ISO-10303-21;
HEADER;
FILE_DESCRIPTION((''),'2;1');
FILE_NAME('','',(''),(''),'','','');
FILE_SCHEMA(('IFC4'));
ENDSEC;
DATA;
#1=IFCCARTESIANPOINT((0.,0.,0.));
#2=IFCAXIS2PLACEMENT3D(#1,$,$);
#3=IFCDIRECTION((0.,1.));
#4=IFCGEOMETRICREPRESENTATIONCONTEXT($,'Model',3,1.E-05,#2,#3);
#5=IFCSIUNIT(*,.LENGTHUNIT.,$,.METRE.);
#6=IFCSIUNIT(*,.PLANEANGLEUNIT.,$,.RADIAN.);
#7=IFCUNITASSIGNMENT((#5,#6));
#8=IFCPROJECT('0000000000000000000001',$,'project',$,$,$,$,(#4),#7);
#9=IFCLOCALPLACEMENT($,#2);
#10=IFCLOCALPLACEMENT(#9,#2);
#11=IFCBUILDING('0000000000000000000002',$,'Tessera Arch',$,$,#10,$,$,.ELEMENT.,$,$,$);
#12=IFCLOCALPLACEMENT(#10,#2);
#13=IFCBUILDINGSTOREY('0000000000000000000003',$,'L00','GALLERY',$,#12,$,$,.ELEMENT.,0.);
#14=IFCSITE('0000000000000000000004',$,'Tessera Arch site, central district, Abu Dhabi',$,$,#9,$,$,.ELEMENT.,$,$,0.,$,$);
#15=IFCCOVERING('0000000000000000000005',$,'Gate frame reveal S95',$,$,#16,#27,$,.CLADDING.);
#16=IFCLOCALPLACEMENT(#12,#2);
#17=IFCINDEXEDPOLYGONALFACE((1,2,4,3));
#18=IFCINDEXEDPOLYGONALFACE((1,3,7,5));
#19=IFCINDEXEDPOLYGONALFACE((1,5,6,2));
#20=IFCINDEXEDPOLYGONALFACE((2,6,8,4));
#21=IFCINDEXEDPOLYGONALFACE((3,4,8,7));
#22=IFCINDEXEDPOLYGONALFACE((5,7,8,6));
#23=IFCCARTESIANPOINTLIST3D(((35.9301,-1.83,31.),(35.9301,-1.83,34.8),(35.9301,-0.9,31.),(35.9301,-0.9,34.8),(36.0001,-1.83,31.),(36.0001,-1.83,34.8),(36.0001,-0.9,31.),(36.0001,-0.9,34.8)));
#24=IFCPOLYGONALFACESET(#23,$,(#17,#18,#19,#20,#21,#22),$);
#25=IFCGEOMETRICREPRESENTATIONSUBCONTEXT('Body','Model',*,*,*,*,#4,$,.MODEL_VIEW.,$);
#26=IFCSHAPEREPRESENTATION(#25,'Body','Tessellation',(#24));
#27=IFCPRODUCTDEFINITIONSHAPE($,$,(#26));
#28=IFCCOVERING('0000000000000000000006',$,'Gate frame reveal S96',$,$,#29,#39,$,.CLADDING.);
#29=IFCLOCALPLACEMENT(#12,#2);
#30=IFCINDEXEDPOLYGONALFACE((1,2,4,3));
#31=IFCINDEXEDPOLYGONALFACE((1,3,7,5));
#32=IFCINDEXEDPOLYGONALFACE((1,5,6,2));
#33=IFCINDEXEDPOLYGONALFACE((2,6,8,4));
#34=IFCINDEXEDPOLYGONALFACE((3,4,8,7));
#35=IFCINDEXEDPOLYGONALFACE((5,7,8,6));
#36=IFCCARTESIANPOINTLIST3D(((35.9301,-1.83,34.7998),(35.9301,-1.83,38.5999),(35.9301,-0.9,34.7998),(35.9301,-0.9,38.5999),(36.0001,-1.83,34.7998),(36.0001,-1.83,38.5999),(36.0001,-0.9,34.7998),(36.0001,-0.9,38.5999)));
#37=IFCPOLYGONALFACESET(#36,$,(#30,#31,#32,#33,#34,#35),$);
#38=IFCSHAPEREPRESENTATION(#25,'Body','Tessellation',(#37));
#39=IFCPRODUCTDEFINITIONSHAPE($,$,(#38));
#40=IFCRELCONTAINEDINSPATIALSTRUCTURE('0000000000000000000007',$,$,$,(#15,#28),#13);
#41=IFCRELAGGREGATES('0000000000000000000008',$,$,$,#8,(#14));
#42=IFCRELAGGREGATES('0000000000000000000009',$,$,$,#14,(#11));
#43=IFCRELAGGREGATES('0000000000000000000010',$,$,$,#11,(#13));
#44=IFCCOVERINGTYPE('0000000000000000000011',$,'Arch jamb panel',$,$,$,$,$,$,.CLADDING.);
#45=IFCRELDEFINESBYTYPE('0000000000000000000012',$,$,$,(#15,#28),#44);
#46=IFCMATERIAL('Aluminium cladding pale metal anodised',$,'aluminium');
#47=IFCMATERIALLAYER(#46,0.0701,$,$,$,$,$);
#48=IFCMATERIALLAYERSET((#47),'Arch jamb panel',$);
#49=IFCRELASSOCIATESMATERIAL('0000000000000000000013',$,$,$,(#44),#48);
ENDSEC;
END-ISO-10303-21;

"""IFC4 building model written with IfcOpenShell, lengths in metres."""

from ifc_helpers import new_model, si_unit, direction, frame, origin, origin_2d, place, context, subcontext, project, spatial, rectangle, extrude, material, layer, layer_set, type_object, element, save


model = new_model("IFC4")

# Units and contexts
model_context = context("Model", 3, precision=1e-05, world=origin(), true_north=direction((0.0, 1.0)))
body_context = subcontext(model_context, "Body", "Model", "MODEL_VIEW")
ifc_project = project(units=[si_unit("LENGTHUNIT", "METRE"), si_unit("PLANEANGLEUNIT", "RADIAN")], contexts=[model_context])

# Site, building, storey
site_placement = place(None, origin())
site = spatial("IfcSite", under=ifc_project, at=site_placement, Name="Tessera Arch site, central district, Abu Dhabi", CompositionType="ELEMENT", RefElevation=0.0)
building_placement = place(site_placement, origin())
building = spatial("IfcBuilding", under=site, at=building_placement, Name="Tessera Arch", CompositionType="ELEMENT")
storey_placement = place(building_placement, origin())
storey = spatial("IfcBuildingStorey", under=building, at=storey_placement, Name="L00", Description="GALLERY", CompositionType="ELEMENT", Elevation=0.0)

# Coverings
ifc_material = material(Name="Aluminium cladding pale metal anodised", Category="aluminium")
ifc_layer = layer(ifc_material, 0.0701)
ifc_layer_set = layer_set([ifc_layer], Name="Arch jamb panel")
covering_type = type_object("IfcCoveringType", Name="Arch jamb panel", PredefinedType="CLADDING", material=ifc_layer_set)
for number, where, z_axis, x_axis, name in (
    (1, (35.9651, -1.365, 31.0), (0.0, 0.0, 1.0), (1.0, 0.0, 0.0), "Gate frame reveal S95"),
    (2, (35.9651, -1.365, 34.7998), (0.0, 0.0, 1.0), (1.0, 0.0, 0.0), "Gate frame reveal S96"),
):
    element("IfcCovering", number, at=place(storey_placement, frame(where, z_axis=z_axis, x_axis=x_axis)), inside=storey, type_object=covering_type, Name=name, PredefinedType="CLADDING", context=body_context, shape_type="SweptSolid", body=[
        extrude(rectangle(XDim=0.0701, YDim=0.9299, at=origin_2d()), origin(), (0.0, 0.0, 1.0), 3.8),
    ])

save(model, "model.ifc")
